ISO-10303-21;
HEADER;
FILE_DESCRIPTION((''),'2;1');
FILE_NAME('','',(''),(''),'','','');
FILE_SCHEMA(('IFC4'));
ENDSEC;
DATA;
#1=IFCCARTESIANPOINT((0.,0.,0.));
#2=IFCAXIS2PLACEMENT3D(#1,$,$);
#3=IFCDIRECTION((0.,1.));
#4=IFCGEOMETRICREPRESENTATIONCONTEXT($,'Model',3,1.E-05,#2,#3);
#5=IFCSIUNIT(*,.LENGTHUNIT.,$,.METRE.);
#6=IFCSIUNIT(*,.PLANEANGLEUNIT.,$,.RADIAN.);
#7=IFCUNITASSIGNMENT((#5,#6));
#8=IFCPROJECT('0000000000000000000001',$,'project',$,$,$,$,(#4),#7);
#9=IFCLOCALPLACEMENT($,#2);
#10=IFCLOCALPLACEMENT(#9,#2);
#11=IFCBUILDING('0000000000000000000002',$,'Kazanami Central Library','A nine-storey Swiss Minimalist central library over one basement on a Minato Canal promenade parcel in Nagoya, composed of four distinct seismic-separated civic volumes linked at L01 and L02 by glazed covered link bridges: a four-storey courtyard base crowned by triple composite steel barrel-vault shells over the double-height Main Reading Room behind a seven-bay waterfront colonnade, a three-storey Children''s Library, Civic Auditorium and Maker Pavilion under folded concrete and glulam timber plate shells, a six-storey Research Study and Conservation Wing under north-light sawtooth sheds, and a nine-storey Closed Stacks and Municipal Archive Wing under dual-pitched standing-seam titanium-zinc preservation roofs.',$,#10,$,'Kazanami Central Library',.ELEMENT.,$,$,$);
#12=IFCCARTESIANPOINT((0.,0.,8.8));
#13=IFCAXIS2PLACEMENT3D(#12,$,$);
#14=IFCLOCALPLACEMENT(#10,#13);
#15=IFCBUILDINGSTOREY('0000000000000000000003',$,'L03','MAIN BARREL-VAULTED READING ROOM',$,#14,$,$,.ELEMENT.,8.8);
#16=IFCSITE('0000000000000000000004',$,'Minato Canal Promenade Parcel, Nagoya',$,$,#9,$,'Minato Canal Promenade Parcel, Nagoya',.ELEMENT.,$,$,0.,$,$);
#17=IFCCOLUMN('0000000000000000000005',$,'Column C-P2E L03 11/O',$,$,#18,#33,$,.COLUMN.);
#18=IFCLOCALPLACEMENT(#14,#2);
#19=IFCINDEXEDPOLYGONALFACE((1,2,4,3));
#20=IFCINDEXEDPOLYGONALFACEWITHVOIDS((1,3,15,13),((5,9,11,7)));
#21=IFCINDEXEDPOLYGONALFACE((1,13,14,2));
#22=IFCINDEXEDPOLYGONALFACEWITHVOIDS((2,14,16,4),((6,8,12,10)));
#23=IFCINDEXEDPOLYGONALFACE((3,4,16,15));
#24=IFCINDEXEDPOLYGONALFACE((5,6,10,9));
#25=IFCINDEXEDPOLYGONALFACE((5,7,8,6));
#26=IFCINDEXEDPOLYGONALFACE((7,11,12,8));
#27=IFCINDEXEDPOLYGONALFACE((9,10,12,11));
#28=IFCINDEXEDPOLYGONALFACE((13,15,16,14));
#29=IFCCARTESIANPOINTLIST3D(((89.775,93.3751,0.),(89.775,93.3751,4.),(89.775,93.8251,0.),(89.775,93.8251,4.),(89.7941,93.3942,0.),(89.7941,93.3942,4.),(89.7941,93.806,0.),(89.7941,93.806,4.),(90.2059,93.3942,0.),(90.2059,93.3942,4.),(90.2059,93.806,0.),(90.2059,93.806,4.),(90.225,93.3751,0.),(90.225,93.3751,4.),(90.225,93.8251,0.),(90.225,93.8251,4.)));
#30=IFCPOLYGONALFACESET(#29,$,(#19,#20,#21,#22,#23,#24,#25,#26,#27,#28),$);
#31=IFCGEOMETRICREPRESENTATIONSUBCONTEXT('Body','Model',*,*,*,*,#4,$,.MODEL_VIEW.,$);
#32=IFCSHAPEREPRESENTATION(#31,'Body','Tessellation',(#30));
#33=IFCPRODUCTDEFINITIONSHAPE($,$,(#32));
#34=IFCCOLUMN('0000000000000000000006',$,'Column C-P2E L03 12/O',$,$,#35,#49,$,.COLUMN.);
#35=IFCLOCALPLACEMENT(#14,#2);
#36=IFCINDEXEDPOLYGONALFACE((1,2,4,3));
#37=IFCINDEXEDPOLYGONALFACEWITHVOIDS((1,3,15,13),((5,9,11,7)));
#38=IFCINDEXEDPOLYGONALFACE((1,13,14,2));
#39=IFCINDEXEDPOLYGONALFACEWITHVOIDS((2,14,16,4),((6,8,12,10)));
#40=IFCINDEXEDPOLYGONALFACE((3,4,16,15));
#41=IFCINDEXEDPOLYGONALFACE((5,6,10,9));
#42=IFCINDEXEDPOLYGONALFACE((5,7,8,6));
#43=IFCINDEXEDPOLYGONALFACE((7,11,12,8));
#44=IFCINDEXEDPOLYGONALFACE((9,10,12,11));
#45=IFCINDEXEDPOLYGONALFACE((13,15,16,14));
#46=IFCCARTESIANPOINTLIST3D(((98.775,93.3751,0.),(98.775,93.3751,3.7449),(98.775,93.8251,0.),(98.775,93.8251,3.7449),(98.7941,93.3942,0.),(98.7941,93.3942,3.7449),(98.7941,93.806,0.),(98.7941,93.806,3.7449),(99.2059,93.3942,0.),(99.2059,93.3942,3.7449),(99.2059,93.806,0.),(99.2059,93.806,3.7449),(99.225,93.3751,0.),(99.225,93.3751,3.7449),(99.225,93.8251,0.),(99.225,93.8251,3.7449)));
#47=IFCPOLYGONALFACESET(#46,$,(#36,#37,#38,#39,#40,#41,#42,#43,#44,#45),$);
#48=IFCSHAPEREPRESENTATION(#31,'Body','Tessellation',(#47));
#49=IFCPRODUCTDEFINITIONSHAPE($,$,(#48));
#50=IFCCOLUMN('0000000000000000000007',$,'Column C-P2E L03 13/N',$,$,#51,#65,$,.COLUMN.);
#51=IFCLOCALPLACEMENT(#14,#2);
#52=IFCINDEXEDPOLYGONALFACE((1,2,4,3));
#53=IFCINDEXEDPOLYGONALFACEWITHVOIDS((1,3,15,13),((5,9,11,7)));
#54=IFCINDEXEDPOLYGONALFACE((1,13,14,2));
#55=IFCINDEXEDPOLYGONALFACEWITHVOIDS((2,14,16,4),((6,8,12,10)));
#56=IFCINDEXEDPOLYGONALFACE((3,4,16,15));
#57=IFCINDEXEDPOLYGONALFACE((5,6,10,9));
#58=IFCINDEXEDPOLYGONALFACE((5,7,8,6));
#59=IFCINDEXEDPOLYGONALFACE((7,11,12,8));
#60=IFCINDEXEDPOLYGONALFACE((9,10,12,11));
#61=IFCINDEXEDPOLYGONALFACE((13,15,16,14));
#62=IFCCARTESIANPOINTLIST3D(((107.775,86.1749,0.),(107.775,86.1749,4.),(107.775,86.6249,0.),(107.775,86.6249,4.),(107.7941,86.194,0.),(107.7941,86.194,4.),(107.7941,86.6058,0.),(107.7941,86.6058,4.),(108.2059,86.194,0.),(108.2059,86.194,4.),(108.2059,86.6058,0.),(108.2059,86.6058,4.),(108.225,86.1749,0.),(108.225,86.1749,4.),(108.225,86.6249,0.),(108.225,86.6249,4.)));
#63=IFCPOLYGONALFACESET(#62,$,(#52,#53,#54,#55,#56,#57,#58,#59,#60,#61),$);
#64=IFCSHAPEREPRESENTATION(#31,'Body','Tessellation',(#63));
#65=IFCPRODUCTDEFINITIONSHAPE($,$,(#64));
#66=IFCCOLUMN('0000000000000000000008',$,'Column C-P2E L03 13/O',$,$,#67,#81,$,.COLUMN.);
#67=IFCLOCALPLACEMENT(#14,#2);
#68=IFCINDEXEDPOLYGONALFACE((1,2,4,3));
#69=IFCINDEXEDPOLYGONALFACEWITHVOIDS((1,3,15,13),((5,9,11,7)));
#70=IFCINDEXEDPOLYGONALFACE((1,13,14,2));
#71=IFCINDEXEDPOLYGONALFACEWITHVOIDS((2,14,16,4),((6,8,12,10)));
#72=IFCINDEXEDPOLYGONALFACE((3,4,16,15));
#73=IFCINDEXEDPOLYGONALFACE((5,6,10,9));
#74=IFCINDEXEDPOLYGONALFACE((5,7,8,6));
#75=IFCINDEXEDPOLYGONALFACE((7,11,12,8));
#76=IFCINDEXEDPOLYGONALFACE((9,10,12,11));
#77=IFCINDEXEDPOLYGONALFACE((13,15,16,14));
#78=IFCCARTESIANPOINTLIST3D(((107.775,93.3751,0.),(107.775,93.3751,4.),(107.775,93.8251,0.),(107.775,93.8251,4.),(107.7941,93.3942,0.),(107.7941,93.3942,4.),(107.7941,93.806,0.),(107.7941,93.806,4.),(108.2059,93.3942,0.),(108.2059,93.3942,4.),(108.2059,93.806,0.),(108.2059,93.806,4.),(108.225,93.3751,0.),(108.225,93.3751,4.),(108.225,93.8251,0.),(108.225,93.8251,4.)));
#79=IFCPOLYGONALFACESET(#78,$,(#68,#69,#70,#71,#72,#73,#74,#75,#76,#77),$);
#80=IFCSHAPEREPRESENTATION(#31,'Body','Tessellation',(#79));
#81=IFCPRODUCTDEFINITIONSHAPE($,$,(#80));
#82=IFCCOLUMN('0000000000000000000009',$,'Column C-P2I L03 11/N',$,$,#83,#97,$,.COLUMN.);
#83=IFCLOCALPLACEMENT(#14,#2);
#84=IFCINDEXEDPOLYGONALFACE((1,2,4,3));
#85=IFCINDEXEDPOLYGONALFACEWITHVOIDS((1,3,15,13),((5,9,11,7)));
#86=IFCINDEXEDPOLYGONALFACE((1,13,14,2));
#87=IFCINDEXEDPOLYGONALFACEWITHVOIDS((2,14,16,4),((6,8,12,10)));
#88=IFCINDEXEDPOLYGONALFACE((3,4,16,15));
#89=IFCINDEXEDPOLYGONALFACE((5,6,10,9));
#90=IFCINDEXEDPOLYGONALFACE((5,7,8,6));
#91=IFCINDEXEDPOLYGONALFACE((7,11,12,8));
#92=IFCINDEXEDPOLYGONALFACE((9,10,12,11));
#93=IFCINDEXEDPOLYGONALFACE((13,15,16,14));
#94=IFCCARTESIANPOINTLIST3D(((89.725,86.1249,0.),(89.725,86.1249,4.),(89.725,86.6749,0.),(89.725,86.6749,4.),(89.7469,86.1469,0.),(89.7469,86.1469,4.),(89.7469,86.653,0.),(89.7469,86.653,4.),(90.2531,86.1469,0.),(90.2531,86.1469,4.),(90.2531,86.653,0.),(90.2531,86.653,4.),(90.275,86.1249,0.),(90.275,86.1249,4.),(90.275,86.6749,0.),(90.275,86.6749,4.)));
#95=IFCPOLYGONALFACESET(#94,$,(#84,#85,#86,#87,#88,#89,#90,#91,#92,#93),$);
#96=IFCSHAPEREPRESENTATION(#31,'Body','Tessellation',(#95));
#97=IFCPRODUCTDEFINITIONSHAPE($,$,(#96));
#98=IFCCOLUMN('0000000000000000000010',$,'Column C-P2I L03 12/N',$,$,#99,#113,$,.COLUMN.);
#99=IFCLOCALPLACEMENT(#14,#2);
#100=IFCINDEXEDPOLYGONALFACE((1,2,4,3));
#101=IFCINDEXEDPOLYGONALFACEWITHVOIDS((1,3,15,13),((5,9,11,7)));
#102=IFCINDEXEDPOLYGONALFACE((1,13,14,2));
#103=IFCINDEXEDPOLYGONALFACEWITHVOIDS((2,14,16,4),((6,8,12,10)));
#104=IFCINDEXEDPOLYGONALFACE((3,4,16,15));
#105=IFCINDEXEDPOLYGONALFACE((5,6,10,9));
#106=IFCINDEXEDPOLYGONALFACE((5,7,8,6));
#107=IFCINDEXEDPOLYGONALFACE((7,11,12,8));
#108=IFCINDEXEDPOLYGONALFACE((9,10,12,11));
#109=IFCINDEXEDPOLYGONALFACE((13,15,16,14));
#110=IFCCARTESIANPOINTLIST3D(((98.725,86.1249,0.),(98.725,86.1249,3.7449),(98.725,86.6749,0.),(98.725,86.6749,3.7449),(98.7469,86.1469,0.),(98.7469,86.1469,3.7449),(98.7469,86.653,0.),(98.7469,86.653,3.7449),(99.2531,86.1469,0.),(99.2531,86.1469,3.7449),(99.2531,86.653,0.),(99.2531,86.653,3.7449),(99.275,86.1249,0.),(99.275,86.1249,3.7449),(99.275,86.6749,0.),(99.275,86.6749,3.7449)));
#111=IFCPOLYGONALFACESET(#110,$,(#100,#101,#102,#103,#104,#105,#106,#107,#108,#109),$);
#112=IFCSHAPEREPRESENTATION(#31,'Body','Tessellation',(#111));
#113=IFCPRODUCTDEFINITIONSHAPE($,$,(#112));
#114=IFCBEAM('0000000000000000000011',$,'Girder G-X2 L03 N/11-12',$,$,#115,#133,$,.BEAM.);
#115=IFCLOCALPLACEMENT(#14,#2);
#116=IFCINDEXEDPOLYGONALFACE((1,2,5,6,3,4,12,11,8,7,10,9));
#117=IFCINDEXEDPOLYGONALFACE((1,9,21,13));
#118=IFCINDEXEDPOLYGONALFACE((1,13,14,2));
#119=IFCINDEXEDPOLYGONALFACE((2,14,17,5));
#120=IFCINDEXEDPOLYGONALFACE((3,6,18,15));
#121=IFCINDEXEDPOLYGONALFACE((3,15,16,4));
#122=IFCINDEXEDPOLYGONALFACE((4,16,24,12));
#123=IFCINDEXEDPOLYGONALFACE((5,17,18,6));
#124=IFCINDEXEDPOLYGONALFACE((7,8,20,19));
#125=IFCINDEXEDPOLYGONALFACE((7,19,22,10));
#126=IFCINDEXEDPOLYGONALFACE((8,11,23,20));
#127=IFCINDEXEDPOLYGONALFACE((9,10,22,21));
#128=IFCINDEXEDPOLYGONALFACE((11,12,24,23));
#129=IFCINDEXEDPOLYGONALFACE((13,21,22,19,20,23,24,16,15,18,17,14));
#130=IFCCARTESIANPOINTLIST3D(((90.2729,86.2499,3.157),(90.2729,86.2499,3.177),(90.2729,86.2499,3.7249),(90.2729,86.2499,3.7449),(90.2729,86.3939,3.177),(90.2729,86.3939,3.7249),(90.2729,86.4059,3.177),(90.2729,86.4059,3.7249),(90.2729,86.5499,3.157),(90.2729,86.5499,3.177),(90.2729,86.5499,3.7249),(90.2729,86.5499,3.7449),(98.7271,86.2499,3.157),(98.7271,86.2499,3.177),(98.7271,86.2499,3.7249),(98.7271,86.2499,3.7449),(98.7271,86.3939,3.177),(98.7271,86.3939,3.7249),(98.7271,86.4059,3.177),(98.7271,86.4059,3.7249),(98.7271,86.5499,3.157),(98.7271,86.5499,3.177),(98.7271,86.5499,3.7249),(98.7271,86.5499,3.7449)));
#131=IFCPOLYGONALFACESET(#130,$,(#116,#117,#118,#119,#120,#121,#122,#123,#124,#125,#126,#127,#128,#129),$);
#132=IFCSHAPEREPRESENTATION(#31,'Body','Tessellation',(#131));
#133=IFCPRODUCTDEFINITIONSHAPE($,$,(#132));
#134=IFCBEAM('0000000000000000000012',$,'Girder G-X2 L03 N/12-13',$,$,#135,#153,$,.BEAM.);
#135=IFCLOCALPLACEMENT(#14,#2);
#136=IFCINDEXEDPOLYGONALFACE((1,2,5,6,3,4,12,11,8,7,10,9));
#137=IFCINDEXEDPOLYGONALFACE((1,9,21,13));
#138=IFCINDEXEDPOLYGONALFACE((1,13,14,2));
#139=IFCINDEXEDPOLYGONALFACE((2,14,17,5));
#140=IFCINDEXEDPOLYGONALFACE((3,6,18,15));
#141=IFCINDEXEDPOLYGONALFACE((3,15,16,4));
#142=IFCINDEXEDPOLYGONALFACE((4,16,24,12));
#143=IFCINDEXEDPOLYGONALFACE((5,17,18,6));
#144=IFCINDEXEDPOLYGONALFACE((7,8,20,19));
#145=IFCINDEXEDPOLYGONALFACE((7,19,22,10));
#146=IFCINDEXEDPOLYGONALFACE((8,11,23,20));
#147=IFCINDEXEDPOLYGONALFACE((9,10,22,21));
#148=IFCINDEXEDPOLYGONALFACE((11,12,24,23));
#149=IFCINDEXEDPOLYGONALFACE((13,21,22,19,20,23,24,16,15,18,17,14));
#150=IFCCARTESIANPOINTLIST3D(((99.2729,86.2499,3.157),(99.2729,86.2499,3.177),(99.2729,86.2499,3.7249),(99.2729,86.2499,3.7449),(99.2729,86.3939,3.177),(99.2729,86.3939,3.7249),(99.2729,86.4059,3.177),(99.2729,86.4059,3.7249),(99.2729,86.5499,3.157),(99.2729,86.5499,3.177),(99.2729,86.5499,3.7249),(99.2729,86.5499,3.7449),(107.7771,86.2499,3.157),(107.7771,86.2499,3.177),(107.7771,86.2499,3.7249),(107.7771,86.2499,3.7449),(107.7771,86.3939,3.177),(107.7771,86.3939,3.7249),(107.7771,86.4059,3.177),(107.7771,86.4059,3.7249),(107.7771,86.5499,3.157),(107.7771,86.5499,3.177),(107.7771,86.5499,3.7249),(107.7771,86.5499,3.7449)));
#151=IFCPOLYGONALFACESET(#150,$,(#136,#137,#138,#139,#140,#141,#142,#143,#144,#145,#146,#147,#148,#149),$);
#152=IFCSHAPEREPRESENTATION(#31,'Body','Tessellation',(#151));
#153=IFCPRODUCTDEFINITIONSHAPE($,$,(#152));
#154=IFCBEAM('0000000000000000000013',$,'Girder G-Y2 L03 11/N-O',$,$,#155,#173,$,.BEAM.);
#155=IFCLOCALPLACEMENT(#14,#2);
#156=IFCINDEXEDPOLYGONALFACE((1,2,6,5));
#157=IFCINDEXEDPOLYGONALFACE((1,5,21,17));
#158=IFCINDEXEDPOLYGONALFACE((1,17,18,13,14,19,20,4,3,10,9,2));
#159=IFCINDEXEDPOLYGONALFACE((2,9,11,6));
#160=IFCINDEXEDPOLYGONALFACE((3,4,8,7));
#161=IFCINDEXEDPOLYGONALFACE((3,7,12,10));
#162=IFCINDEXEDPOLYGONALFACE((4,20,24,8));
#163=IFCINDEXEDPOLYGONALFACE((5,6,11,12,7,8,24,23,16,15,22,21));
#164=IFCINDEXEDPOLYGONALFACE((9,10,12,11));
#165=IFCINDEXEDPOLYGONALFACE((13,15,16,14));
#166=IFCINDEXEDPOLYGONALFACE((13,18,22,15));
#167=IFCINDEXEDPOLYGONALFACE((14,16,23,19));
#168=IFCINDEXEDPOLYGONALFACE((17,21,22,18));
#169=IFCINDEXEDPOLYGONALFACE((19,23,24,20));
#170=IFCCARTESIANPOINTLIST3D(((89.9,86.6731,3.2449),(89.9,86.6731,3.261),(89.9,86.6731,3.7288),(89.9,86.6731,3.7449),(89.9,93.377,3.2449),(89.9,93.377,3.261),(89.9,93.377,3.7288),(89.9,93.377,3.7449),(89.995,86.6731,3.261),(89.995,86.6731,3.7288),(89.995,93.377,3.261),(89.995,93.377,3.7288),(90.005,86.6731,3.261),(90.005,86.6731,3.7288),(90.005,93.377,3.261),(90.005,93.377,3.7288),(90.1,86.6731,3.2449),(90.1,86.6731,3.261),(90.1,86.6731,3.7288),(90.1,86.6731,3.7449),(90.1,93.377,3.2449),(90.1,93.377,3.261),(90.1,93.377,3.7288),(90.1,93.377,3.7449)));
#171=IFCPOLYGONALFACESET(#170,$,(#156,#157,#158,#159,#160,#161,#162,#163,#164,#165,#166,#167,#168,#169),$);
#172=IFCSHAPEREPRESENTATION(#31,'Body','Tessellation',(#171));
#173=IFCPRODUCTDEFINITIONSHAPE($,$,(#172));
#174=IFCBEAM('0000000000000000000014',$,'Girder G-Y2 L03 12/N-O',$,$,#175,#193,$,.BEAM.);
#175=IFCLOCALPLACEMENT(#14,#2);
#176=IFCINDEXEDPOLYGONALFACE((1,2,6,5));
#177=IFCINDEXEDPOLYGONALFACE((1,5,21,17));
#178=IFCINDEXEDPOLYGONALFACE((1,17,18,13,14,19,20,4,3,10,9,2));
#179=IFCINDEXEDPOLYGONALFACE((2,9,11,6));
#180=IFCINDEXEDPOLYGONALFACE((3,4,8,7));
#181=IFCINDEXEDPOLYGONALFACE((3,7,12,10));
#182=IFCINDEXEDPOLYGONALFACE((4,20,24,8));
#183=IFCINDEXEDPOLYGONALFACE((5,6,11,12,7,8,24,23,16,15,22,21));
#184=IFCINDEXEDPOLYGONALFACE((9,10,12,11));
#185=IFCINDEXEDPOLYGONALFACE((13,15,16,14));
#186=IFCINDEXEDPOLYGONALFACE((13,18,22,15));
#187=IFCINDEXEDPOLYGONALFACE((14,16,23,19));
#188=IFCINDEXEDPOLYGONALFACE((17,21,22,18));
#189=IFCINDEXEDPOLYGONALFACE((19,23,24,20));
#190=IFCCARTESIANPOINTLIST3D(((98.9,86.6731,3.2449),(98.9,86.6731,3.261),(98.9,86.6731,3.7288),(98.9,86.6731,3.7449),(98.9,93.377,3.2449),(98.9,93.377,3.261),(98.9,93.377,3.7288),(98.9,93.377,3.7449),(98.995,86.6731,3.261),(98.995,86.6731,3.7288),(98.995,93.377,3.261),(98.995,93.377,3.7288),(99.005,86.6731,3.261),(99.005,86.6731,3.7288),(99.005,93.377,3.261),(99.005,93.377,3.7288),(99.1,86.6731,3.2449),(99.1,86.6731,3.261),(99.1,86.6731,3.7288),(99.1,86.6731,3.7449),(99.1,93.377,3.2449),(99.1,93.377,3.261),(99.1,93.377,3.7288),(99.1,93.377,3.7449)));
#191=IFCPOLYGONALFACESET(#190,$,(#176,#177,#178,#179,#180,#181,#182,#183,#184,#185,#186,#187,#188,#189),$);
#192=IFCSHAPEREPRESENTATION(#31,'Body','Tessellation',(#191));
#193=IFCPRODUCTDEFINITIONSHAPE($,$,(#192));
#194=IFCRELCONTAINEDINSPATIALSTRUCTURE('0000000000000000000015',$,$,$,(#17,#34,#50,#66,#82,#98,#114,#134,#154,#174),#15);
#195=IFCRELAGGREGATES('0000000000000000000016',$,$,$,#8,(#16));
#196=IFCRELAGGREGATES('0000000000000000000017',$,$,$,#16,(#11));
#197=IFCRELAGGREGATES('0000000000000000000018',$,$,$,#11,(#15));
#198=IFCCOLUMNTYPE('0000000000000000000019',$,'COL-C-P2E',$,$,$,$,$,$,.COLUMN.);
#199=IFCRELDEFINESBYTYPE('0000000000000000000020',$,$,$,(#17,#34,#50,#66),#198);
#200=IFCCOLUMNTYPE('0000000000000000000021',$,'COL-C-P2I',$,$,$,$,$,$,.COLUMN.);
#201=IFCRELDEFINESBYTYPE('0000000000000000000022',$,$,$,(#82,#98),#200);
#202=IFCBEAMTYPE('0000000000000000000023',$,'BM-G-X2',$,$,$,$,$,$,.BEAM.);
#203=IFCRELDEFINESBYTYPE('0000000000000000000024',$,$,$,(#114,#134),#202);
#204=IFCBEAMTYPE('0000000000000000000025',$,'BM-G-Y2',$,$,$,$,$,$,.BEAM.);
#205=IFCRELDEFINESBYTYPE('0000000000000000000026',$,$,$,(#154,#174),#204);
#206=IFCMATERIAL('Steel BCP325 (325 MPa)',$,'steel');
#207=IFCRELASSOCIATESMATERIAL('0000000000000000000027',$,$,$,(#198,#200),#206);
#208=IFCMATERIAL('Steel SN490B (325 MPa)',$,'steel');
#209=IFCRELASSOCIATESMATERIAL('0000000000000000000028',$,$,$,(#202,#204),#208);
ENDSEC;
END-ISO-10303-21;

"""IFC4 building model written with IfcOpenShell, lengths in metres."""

from ifc_helpers import new_model, si_unit, direction, frame, origin, origin_2d, place, context, subcontext, project, spatial, hollow_rectangle, i_section, extrude, material, material_profile, profile_set, type_object, element, save


model = new_model("IFC4")

# Units and contexts
model_context = context("Model", 3, precision=1e-05, world=origin(), true_north=direction((0.0, 1.0)))
body_context = subcontext(model_context, "Body", "Model", "MODEL_VIEW")
ifc_project = project(units=[si_unit("LENGTHUNIT", "METRE"), si_unit("PLANEANGLEUNIT", "RADIAN")], contexts=[model_context])

# Site, building, storey
site_placement = place(None, origin())
site = spatial("IfcSite", under=ifc_project, at=site_placement, Name="Minato Canal Promenade Parcel, Nagoya", LongName="Minato Canal Promenade Parcel, Nagoya", CompositionType="ELEMENT", RefElevation=0.0)
building_placement = place(site_placement, origin())
building = spatial("IfcBuilding", under=site, at=building_placement, Name="Kazanami Central Library", Description="A nine-storey Swiss Minimalist central library over one basement on a Minato Canal promenade parcel in Nagoya, composed of four distinct seismic-separated civic volumes linked at L01 and L02 by glazed covered link bridges: a four-storey courtyard base crowned by triple composite steel barrel-vault shells over the double-height Main Reading Room behind a seven-bay waterfront colonnade, a three-storey Children's Library, Civic Auditorium and Maker Pavilion under folded concrete and glulam timber plate shells, a six-storey Research Study and Conservation Wing under north-light sawtooth sheds, and a nine-storey Closed Stacks and Municipal Archive Wing under dual-pitched standing-seam titanium-zinc preservation roofs.", LongName="Kazanami Central Library", CompositionType="ELEMENT")
storey_placement = place(building_placement, frame((0.0, 0.0, 8.8)))
storey = spatial("IfcBuildingStorey", under=building, at=storey_placement, Name="L03", Description="MAIN BARREL-VAULTED READING ROOM", CompositionType="ELEMENT", Elevation=8.8)

# Columns
ifc_material_1 = material(Name="Steel BCP325 (325 MPa)", Category="steel")
ifc_material_profile_1 = material_profile(ifc_material_1, hollow_rectangle(XDim=0.45, YDim=0.45, WallThickness=0.019, at=origin_2d()), Name="BCP-450x450x19")
ifc_profile_set_1 = profile_set([ifc_material_profile_1], Name="Steel BCP325 (325 MPa)")
column_type_1 = type_object("IfcColumnType", Name="COL-C-P2E", PredefinedType="COLUMN", material=ifc_profile_set_1)
column_1_placement = place(storey_placement, frame((90.0, 93.6001, 0.0), z_axis=(0.0, 0.0, 1.0), x_axis=(1.0, 0.0, 0.0)))
element("IfcColumn", 1, at=column_1_placement, inside=storey, type_object=column_type_1, Name="Column C-P2E L03 11/O", PredefinedType="COLUMN", context=body_context, shape_type="SweptSolid", body=[
    extrude(hollow_rectangle(XDim=0.45, YDim=0.45, WallThickness=0.019, at=origin_2d()), origin(), (0.0, 0.0, 1.0), 4.0),
])
column_2_placement = place(storey_placement, frame((99.0, 93.6001, 0.0), z_axis=(0.0, 0.0, 1.0), x_axis=(1.0, 0.0, 0.0)))
element("IfcColumn", 2, at=column_2_placement, inside=storey, type_object=column_type_1, Name="Column C-P2E L03 12/O", PredefinedType="COLUMN", context=body_context, shape_type="SweptSolid", body=[
    extrude(hollow_rectangle(XDim=0.45, YDim=0.45, WallThickness=0.019, at=origin_2d()), origin(), (0.0, 0.0, 1.0), 3.7449),
])
for number, where, z_axis, x_axis, name in (
    (3, (108.0, 86.3999, 0.0), (0.0, 0.0, 1.0), (1.0, 0.0, 0.0), "Column C-P2E L03 13/N"),
    (4, (108.0, 93.6001, 0.0), (0.0, 0.0, 1.0), (1.0, 0.0, 0.0), "Column C-P2E L03 13/O"),
):
    element("IfcColumn", number, at=place(storey_placement, frame(where, z_axis=z_axis, x_axis=x_axis)), inside=storey, type_object=column_type_1, Name=name, PredefinedType="COLUMN", context=body_context, shape_type="SweptSolid", body=[
        extrude(hollow_rectangle(XDim=0.45, YDim=0.45, WallThickness=0.019, at=origin_2d()), origin(), (0.0, 0.0, 1.0), 4.0),
    ])
ifc_material_profile_2 = material_profile(ifc_material_1, hollow_rectangle(XDim=0.55, YDim=0.55, WallThickness=0.022, at=origin_2d()), Name="BCP-550x550x22")
ifc_profile_set_2 = profile_set([ifc_material_profile_2], Name="Steel BCP325 (325 MPa)")
column_type_2 = type_object("IfcColumnType", Name="COL-C-P2I", PredefinedType="COLUMN", material=ifc_profile_set_2)
column_3_placement = place(storey_placement, frame((90.0, 86.3999, 0.0), z_axis=(0.0, 0.0, 1.0), x_axis=(1.0, 0.0, 0.0)))
element("IfcColumn", 5, at=column_3_placement, inside=storey, type_object=column_type_2, Name="Column C-P2I L03 11/N", PredefinedType="COLUMN", context=body_context, shape_type="SweptSolid", body=[
    extrude(hollow_rectangle(XDim=0.55, YDim=0.55, WallThickness=0.022, at=origin_2d()), origin(), (0.0, 0.0, 1.0), 4.0),
])
column_4_placement = place(storey_placement, frame((99.0, 86.3999, 0.0), z_axis=(0.0, 0.0, 1.0), x_axis=(1.0, 0.0, 0.0)))
element("IfcColumn", 6, at=column_4_placement, inside=storey, type_object=column_type_2, Name="Column C-P2I L03 12/N", PredefinedType="COLUMN", context=body_context, shape_type="SweptSolid", body=[
    extrude(hollow_rectangle(XDim=0.55, YDim=0.55, WallThickness=0.022, at=origin_2d()), origin(), (0.0, 0.0, 1.0), 3.7449),
])

# Beams
ifc_material_2 = material(Name="Steel SN490B (325 MPa)", Category="steel")
ifc_material_profile_3 = material_profile(ifc_material_2, i_section(OverallWidth=0.3, OverallDepth=0.5879, WebThickness=0.012, FlangeThickness=0.02, at=origin_2d()), Name="H-588x300x12x20")
ifc_profile_set_3 = profile_set([ifc_material_profile_3], Name="Steel SN490B (325 MPa)")
beam_type_1 = type_object("IfcBeamType", Name="BM-G-X2", PredefinedType="BEAM", material=ifc_profile_set_3)
beam_1_placement = place(storey_placement, frame((90.2729, 86.3999, 3.4509), z_axis=(1.0, 0.0, 0.0), x_axis=(0.0, 1.0, 0.0)))
element("IfcBeam", 7, at=beam_1_placement, inside=storey, type_object=beam_type_1, Name="Girder G-X2 L03 N/11-12", PredefinedType="BEAM", context=body_context, shape_type="SweptSolid", body=[
    extrude(i_section(OverallWidth=0.3, OverallDepth=0.5879, WebThickness=0.012, FlangeThickness=0.02, at=origin_2d()), origin(), (0.0, 0.0, 1.0), 8.4541),
])
beam_2_placement = place(storey_placement, frame((99.2729, 86.3999, 3.4509), z_axis=(1.0, 0.0, 0.0), x_axis=(0.0, 1.0, 0.0)))
element("IfcBeam", 8, at=beam_2_placement, inside=storey, type_object=beam_type_1, Name="Girder G-X2 L03 N/12-13", PredefinedType="BEAM", context=body_context, shape_type="SweptSolid", body=[
    extrude(i_section(OverallWidth=0.3, OverallDepth=0.5879, WebThickness=0.012, FlangeThickness=0.02, at=origin_2d()), origin(), (0.0, 0.0, 1.0), 8.5042),
])
ifc_material_profile_4 = material_profile(ifc_material_2, i_section(OverallWidth=0.2, OverallDepth=0.5, WebThickness=0.01, FlangeThickness=0.0161, at=origin_2d()), Name="H-500x200x10x16")
ifc_profile_set_4 = profile_set([ifc_material_profile_4], Name="Steel SN490B (325 MPa)")
beam_type_2 = type_object("IfcBeamType", Name="BM-G-Y2", PredefinedType="BEAM", material=ifc_profile_set_4)
for number, where, z_axis, x_axis, name in (
    (9, (90.0, 86.6731, 3.4949), (0.0, 1.0, 0.0), (-1.0, 0.0, 0.0), "Girder G-Y2 L03 11/N-O"),
    (10, (99.0, 86.6731, 3.4949), (0.0, 1.0, 0.0), (-1.0, 0.0, 0.0), "Girder G-Y2 L03 12/N-O"),
):
    element("IfcBeam", number, at=place(storey_placement, frame(where, z_axis=z_axis, x_axis=x_axis)), inside=storey, type_object=beam_type_2, Name=name, PredefinedType="BEAM", context=body_context, shape_type="SweptSolid", body=[
        extrude(i_section(OverallWidth=0.2, OverallDepth=0.5, WebThickness=0.01, FlangeThickness=0.0161, at=origin_2d()), origin(), (0.0, 0.0, 1.0), 6.7039),
    ])

save(model, "model.ifc")
